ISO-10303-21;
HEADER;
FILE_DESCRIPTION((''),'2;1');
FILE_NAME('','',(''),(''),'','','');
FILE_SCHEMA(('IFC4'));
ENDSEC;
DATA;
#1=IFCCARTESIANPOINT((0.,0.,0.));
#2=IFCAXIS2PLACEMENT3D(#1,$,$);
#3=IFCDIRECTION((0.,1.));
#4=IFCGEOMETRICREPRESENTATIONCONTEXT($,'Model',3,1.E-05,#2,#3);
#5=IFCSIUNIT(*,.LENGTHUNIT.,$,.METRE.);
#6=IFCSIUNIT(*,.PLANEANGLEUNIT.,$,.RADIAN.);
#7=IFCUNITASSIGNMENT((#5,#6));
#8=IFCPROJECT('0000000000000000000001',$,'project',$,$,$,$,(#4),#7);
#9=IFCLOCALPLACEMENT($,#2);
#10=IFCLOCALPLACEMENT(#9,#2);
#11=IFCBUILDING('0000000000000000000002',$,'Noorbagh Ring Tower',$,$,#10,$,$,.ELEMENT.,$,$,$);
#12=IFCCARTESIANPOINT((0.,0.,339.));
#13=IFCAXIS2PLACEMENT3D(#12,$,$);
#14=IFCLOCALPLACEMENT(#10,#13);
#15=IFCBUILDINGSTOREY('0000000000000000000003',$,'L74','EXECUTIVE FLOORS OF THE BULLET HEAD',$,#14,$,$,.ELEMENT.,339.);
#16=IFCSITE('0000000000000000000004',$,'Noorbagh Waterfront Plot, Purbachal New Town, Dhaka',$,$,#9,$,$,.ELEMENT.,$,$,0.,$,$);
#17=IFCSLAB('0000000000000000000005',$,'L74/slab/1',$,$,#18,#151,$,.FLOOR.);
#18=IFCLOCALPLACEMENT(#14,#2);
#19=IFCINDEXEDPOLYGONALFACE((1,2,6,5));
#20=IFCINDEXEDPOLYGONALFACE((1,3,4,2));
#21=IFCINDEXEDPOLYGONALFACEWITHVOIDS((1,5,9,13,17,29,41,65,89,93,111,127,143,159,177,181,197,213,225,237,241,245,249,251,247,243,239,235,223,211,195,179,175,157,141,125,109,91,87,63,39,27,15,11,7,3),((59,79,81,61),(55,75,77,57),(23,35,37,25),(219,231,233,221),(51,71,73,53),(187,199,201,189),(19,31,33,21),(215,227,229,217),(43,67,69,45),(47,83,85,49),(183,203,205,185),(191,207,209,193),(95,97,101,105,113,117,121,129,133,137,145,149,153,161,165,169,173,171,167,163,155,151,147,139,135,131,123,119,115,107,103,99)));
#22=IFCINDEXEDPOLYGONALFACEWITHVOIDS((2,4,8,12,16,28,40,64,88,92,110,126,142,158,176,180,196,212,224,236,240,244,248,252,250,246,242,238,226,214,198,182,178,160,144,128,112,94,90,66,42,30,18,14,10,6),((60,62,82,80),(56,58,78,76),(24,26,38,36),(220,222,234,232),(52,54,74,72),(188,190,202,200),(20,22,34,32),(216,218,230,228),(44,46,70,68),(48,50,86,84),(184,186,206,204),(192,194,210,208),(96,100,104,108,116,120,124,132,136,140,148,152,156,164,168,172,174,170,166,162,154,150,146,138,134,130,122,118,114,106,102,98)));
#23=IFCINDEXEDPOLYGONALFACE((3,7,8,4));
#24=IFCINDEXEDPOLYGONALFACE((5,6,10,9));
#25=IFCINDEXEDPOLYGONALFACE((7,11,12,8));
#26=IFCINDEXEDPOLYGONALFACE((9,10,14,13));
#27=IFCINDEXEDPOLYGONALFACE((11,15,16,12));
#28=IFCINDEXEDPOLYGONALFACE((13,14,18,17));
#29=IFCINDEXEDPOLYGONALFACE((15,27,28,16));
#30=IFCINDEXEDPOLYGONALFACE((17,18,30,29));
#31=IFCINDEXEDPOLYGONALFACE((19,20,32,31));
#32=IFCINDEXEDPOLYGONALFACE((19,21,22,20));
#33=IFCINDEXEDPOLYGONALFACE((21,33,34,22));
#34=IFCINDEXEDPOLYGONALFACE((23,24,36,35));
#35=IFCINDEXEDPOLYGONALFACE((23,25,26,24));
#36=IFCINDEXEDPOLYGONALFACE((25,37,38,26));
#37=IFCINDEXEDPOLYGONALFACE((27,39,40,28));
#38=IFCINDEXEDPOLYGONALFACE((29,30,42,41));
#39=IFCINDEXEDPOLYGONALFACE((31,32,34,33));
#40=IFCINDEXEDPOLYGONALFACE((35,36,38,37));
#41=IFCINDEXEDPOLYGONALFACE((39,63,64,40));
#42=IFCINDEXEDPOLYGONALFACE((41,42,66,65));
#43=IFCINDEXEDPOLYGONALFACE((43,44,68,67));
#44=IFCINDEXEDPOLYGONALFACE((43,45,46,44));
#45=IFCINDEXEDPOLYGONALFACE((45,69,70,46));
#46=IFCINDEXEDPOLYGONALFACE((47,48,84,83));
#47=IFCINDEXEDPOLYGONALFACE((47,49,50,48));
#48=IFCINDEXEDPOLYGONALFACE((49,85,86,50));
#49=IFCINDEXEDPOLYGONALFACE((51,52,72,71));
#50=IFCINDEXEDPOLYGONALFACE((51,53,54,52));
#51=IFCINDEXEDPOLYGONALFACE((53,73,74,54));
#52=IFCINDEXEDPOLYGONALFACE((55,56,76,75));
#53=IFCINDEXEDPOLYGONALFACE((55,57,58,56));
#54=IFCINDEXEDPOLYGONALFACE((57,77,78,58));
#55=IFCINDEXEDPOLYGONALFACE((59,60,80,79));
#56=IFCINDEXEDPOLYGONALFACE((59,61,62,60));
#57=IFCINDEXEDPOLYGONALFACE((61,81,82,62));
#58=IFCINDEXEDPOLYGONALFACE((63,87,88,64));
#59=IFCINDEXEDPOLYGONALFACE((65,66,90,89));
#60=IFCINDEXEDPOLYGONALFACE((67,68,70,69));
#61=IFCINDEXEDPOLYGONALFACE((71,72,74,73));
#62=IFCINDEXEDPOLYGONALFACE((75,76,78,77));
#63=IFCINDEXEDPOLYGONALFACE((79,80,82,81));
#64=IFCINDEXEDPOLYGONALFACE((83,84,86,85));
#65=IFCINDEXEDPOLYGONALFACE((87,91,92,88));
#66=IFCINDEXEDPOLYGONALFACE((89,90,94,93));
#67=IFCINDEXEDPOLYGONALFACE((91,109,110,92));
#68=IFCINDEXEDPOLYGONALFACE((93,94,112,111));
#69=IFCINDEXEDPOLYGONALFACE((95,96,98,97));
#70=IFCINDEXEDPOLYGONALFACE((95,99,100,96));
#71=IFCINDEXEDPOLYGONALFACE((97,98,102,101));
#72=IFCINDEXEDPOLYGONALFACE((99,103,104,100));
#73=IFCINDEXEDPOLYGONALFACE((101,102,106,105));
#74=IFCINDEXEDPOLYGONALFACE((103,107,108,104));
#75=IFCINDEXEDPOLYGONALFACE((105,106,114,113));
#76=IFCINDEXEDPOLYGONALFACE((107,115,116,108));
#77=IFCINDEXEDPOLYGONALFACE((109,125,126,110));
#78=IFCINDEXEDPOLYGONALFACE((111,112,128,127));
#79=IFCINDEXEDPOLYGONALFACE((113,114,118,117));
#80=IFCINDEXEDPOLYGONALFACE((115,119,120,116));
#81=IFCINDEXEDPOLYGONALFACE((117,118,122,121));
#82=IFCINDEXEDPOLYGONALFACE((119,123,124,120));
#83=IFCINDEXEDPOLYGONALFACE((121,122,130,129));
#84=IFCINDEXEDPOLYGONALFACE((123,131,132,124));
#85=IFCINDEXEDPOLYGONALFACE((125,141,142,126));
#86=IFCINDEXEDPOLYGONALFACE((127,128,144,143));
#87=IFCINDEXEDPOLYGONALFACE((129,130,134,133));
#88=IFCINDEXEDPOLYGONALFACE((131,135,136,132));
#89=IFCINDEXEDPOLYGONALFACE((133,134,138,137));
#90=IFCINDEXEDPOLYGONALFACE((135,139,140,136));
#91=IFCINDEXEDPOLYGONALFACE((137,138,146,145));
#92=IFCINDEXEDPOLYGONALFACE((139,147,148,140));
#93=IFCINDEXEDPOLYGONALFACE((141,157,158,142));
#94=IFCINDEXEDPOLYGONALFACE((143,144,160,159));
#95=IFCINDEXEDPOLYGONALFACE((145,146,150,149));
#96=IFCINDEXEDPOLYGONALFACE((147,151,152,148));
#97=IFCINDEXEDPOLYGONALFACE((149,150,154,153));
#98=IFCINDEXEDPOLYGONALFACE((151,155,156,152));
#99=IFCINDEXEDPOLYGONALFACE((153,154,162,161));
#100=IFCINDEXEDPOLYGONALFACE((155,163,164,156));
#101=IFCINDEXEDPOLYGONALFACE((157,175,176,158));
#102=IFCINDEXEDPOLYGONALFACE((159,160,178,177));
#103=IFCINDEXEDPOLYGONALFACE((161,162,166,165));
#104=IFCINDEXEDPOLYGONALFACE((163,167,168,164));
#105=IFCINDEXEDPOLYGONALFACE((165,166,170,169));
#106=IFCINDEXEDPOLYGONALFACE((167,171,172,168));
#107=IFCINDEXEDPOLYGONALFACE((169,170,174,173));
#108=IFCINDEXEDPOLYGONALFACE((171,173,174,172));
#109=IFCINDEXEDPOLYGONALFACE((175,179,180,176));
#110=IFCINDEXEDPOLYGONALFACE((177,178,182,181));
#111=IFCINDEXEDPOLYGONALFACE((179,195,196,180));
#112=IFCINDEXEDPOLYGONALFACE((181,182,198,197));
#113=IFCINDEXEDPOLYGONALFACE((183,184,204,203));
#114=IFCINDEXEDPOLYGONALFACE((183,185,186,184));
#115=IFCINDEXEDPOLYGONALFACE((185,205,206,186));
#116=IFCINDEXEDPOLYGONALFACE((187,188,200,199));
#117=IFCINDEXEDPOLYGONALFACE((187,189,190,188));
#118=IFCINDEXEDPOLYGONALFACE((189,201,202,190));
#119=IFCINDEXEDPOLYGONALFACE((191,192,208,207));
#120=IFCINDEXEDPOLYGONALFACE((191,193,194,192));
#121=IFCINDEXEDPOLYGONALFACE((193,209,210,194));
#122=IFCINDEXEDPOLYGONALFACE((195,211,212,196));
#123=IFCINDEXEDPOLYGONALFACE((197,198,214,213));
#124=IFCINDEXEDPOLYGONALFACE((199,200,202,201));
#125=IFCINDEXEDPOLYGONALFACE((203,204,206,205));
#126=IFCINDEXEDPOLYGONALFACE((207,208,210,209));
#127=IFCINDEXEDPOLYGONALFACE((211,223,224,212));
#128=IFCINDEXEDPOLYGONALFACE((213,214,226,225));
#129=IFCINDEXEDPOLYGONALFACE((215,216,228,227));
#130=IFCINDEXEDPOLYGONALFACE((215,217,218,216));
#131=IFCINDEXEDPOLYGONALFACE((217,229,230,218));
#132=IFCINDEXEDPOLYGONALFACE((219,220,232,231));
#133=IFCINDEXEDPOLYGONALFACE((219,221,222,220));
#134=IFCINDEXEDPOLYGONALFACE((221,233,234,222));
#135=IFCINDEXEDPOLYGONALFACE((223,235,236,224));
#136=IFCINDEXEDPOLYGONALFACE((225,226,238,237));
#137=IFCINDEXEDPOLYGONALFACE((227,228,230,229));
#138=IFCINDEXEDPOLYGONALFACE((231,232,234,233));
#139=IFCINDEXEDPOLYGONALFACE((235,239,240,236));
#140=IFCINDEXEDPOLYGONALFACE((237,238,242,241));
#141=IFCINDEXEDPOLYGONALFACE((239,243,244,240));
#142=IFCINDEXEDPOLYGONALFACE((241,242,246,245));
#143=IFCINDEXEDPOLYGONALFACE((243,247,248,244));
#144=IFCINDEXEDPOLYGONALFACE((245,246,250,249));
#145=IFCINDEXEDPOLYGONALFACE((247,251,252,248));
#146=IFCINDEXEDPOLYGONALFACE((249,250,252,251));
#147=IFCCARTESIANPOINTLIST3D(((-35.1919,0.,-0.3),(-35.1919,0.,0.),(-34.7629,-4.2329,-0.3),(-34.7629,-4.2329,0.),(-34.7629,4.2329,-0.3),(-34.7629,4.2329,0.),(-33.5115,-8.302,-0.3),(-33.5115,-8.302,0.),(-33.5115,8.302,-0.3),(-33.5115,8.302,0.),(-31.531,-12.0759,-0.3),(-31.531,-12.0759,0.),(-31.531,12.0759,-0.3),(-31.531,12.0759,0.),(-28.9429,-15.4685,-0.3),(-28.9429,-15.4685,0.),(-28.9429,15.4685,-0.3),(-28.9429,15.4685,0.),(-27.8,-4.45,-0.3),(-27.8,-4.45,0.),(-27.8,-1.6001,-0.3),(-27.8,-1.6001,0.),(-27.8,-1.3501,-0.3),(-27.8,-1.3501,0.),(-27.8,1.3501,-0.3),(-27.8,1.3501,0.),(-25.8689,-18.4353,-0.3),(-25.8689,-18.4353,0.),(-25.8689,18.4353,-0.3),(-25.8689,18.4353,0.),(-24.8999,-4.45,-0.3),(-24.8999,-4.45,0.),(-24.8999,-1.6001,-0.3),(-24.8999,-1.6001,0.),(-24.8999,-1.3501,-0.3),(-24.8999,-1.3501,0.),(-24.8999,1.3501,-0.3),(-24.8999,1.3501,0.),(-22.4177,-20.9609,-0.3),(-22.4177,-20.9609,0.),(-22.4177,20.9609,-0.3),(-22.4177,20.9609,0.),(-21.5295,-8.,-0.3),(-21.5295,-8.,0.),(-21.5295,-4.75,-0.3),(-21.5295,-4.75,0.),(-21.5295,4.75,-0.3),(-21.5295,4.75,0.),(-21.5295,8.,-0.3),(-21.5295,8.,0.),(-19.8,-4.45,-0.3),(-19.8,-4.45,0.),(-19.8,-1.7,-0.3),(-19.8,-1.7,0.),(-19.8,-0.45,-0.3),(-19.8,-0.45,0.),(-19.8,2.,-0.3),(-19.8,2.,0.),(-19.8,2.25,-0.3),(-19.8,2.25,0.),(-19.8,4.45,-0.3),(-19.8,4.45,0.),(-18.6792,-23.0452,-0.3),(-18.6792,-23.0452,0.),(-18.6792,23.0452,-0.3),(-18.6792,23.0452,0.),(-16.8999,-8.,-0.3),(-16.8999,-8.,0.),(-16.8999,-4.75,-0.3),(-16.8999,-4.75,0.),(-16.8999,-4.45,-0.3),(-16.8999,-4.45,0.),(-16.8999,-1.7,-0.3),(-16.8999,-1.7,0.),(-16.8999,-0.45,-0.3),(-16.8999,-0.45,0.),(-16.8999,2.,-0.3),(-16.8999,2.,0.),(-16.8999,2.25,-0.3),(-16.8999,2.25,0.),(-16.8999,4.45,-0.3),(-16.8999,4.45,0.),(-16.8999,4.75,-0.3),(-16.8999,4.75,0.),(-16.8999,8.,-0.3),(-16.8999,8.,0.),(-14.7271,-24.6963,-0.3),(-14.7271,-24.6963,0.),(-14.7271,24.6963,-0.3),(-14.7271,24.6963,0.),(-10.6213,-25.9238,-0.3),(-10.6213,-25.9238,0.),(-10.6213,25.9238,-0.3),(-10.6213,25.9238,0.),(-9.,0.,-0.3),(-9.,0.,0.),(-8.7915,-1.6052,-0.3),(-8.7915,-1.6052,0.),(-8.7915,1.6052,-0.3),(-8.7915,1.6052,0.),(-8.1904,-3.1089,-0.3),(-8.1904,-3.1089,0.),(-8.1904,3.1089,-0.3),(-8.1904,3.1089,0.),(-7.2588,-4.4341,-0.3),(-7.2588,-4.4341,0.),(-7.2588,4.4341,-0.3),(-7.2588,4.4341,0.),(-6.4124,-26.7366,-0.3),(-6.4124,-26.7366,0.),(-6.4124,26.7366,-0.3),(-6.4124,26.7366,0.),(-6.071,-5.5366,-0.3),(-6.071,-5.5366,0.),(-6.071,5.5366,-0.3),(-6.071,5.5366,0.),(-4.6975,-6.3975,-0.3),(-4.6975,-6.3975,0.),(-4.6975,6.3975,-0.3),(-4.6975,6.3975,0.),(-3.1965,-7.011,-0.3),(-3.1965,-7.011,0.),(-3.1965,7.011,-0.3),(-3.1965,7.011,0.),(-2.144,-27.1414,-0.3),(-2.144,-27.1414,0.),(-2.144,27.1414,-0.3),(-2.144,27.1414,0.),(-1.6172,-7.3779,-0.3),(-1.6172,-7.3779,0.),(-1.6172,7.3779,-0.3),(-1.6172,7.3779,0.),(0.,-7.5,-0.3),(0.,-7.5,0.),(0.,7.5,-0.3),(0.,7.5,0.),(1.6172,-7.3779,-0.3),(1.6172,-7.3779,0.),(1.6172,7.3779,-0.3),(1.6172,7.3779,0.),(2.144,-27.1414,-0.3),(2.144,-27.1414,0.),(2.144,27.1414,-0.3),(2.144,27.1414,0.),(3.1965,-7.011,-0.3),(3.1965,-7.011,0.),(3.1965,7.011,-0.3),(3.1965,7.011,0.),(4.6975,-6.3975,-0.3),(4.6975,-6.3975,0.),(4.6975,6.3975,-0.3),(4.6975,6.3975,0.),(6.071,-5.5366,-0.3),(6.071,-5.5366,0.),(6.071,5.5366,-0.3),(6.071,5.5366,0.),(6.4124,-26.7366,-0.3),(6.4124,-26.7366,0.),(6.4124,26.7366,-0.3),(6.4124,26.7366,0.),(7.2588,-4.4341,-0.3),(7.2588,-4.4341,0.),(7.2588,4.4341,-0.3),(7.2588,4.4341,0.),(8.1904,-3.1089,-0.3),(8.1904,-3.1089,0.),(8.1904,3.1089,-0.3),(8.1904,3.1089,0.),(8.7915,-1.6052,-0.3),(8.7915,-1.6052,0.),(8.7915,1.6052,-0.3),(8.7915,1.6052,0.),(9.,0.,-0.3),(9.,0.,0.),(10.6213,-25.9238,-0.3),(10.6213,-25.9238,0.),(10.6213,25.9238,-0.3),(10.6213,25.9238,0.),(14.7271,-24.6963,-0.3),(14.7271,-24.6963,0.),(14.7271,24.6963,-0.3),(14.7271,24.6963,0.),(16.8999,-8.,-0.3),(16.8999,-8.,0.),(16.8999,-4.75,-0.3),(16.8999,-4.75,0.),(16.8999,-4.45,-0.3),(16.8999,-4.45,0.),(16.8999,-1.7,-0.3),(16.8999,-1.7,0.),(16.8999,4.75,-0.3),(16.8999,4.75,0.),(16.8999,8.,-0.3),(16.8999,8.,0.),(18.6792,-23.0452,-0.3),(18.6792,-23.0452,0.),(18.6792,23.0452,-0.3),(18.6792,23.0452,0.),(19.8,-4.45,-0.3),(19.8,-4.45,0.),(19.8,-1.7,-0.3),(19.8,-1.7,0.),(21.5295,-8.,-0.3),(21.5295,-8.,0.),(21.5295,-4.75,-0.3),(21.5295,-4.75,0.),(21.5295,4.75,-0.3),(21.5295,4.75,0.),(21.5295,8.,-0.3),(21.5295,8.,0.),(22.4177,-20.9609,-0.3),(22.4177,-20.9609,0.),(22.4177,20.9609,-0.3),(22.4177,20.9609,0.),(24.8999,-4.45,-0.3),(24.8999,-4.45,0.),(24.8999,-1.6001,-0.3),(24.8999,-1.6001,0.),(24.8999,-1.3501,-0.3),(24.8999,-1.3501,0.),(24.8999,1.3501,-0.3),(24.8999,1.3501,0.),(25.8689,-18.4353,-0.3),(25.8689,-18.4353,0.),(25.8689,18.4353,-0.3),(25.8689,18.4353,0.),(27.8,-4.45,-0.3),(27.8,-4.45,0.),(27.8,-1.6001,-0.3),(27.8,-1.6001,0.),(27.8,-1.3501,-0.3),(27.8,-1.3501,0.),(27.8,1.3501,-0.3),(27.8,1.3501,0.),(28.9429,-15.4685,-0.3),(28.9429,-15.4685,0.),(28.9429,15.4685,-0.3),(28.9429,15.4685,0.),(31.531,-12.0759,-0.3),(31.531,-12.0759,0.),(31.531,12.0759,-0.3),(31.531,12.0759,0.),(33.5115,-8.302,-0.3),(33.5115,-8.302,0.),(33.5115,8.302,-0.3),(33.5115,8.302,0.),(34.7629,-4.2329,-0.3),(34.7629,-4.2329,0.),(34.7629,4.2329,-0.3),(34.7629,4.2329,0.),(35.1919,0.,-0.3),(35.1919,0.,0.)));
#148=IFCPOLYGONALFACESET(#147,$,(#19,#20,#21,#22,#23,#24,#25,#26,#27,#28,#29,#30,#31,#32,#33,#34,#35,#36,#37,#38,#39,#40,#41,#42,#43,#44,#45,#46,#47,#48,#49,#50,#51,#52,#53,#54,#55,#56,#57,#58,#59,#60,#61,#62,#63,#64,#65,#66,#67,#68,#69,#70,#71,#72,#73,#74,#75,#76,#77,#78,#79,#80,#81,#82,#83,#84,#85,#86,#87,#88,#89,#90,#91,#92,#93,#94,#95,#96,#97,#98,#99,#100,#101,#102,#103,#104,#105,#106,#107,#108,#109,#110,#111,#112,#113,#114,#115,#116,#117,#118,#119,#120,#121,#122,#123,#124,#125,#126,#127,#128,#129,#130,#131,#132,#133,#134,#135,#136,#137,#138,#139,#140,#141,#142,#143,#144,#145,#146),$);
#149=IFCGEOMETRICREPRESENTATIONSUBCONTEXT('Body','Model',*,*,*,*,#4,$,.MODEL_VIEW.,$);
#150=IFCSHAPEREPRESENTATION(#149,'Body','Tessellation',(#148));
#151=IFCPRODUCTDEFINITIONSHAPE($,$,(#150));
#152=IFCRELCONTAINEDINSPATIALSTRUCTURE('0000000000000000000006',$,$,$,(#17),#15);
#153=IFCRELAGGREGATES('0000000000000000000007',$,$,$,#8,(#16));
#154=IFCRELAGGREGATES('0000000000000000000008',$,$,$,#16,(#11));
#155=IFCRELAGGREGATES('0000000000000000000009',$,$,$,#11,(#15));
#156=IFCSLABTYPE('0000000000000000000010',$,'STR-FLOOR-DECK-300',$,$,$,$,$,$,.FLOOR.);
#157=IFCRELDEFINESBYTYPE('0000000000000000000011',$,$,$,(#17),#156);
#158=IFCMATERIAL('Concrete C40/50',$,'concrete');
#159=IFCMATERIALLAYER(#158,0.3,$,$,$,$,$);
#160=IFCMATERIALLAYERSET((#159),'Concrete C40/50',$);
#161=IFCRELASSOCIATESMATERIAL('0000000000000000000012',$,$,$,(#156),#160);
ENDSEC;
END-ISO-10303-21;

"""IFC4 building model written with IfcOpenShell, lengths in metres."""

from ifc_helpers import new_model, si_unit, direction, frame, origin, place, context, subcontext, project, spatial, polyline, outline, extrude, material, layer, layer_set, type_object, element, save


model = new_model("IFC4")

# Units and contexts
model_context = context("Model", 3, precision=1e-05, world=origin(), true_north=direction((0.0, 1.0)))
body_context = subcontext(model_context, "Body", "Model", "MODEL_VIEW")
ifc_project = project(units=[si_unit("LENGTHUNIT", "METRE"), si_unit("PLANEANGLEUNIT", "RADIAN")], contexts=[model_context])

# Site, building, storey
site_placement = place(None, origin())
building_placement = place(site_placement, origin())
storey_placement = place(building_placement, frame((0.0, 0.0, 339.0)))
site = spatial("IfcSite", under=ifc_project, at=site_placement, Name="Noorbagh Waterfront Plot, Purbachal New Town, Dhaka", CompositionType="ELEMENT", RefElevation=0.0)
building = spatial("IfcBuilding", under=site, at=building_placement, Name="Noorbagh Ring Tower", CompositionType="ELEMENT")
storey = spatial("IfcBuildingStorey", under=building, at=storey_placement, Name="L74", Description="EXECUTIVE FLOORS OF THE BULLET HEAD", CompositionType="ELEMENT", Elevation=339.0)

# Slab
ifc_material_1 = material(Name="Concrete C40/50", Category="concrete")
ifc_layer_1 = layer(ifc_material_1, 0.3)
ifc_layer_set_1 = layer_set([ifc_layer_1], Name="Concrete C40/50")
slab_type_1 = type_object("IfcSlabType", Name="STR-FLOOR-DECK-300", PredefinedType="FLOOR", material=ifc_layer_set_1)
slab_1_placement = place(storey_placement, frame((0.0, 0.0, -0.3)))
element("IfcSlab", 1, at=slab_1_placement, inside=storey, type_object=slab_type_1, Name="L74/slab/1", PredefinedType="FLOOR", context=body_context, shape_type="SweptSolid", body=[
    extrude(outline(polyline([(35.1919, 0.0), (34.7629, 4.2329), (33.5115, 8.302), (31.531, 12.0759), (28.9429, 15.4685), (25.8689, 18.4353), (22.4177, 20.9609), (18.6792, 23.0452), (14.7271, 24.6963), (10.6213, 25.9238), (6.4124, 26.7366), (2.144, 27.1414), (-2.144, 27.1414), (-6.4124, 26.7366), (-10.6213, 25.9238), (-14.7271, 24.6963), (-18.6792, 23.0452), (-22.4177, 20.9609), (-25.8689, 18.4353), (-28.9429, 15.4685), (-31.531, 12.0759), (-33.5115, 8.302), (-34.7629, 4.2329), (-35.1919, 0.0), (-34.7629, -4.2329), (-33.5115, -8.302), (-31.531, -12.0759), (-28.9429, -15.4685), (-25.8689, -18.4353), (-22.4177, -20.9609), (-18.6792, -23.0452), (-14.7271, -24.6963), (-10.6213, -25.9238), (-6.4124, -26.7366), (-2.144, -27.1414), (2.144, -27.1414), (6.4124, -26.7366), (10.6213, -25.9238), (14.7271, -24.6963), (18.6792, -23.0452), (22.4177, -20.9609), (25.8689, -18.4353), (28.9429, -15.4685), (31.531, -12.0759), (33.5115, -8.302), (34.7629, -4.2329), (35.1919, 0.0)]), holes=[polyline([(24.8999, -1.6001), (27.8, -1.6001), (27.8, -4.45), (24.8999, -4.45), (24.8999, -1.6001)]), polyline([(24.8999, 1.3501), (27.8, 1.3501), (27.8, -1.3501), (24.8999, -1.3501), (24.8999, 1.3501)]), polyline([(21.5295, -8.0), (16.8999, -8.0), (16.8999, -4.75), (21.5295, -4.75), (21.5295, -8.0)]), polyline([(21.5295, 4.75), (16.8999, 4.75), (16.8999, 8.0), (21.5295, 8.0), (21.5295, 4.75)]), polyline([(16.8999, -1.7), (19.8, -1.7), (19.8, -4.45), (16.8999, -4.45), (16.8999, -1.7)]), polyline([(4.6975, -6.3975), (3.1965, -7.011), (1.6172, -7.3779), (0.0, -7.5), (-1.6172, -7.3779), (-3.1965, -7.011), (-4.6975, -6.3975), (-6.071, -5.5366), (-7.2588, -4.4341), (-8.1904, -3.1089), (-8.7915, -1.6052), (-9.0, 0.0), (-8.7915, 1.6052), (-8.1904, 3.1089), (-7.2588, 4.4341), (-6.071, 5.5366), (-4.6975, 6.3975), (-3.1965, 7.011), (-1.6172, 7.3779), (0.0, 7.5), (1.6172, 7.3779), (3.1965, 7.011), (4.6975, 6.3975), (6.071, 5.5366), (7.2588, 4.4341), (8.1904, 3.1089), (8.7915, 1.6052), (9.0, 0.0), (8.7915, -1.6052), (8.1904, -3.1089), (7.2588, -4.4341), (6.071, -5.5366), (4.6975, -6.3975)]), polyline([(-21.5295, -8.0), (-21.5295, -4.75), (-16.8999, -4.75), (-16.8999, -8.0), (-21.5295, -8.0)]), polyline([(-21.5295, 4.75), (-21.5295, 8.0), (-16.8999, 8.0), (-16.8999, 4.75), (-21.5295, 4.75)]), polyline([(-16.8999, -4.45), (-19.8, -4.45), (-19.8, -1.7), (-16.8999, -1.7), (-16.8999, -4.45)]), polyline([(-16.8999, -0.45), (-19.8, -0.45), (-19.8, 2.0), (-16.8999, 2.0), (-16.8999, -0.45)]), polyline([(-16.8999, 2.25), (-19.8, 2.25), (-19.8, 4.45), (-16.8999, 4.45), (-16.8999, 2.25)]), polyline([(-24.8999, -4.45), (-27.8, -4.45), (-27.8, -1.6001), (-24.8999, -1.6001), (-24.8999, -4.45)]), polyline([(-24.8999, 1.3501), (-24.8999, -1.3501), (-27.8, -1.3501), (-27.8, 1.3501), (-24.8999, 1.3501)])]), origin(), (0.0, 0.0, 1.0), 0.3),
])

save(model, "model.ifc")
